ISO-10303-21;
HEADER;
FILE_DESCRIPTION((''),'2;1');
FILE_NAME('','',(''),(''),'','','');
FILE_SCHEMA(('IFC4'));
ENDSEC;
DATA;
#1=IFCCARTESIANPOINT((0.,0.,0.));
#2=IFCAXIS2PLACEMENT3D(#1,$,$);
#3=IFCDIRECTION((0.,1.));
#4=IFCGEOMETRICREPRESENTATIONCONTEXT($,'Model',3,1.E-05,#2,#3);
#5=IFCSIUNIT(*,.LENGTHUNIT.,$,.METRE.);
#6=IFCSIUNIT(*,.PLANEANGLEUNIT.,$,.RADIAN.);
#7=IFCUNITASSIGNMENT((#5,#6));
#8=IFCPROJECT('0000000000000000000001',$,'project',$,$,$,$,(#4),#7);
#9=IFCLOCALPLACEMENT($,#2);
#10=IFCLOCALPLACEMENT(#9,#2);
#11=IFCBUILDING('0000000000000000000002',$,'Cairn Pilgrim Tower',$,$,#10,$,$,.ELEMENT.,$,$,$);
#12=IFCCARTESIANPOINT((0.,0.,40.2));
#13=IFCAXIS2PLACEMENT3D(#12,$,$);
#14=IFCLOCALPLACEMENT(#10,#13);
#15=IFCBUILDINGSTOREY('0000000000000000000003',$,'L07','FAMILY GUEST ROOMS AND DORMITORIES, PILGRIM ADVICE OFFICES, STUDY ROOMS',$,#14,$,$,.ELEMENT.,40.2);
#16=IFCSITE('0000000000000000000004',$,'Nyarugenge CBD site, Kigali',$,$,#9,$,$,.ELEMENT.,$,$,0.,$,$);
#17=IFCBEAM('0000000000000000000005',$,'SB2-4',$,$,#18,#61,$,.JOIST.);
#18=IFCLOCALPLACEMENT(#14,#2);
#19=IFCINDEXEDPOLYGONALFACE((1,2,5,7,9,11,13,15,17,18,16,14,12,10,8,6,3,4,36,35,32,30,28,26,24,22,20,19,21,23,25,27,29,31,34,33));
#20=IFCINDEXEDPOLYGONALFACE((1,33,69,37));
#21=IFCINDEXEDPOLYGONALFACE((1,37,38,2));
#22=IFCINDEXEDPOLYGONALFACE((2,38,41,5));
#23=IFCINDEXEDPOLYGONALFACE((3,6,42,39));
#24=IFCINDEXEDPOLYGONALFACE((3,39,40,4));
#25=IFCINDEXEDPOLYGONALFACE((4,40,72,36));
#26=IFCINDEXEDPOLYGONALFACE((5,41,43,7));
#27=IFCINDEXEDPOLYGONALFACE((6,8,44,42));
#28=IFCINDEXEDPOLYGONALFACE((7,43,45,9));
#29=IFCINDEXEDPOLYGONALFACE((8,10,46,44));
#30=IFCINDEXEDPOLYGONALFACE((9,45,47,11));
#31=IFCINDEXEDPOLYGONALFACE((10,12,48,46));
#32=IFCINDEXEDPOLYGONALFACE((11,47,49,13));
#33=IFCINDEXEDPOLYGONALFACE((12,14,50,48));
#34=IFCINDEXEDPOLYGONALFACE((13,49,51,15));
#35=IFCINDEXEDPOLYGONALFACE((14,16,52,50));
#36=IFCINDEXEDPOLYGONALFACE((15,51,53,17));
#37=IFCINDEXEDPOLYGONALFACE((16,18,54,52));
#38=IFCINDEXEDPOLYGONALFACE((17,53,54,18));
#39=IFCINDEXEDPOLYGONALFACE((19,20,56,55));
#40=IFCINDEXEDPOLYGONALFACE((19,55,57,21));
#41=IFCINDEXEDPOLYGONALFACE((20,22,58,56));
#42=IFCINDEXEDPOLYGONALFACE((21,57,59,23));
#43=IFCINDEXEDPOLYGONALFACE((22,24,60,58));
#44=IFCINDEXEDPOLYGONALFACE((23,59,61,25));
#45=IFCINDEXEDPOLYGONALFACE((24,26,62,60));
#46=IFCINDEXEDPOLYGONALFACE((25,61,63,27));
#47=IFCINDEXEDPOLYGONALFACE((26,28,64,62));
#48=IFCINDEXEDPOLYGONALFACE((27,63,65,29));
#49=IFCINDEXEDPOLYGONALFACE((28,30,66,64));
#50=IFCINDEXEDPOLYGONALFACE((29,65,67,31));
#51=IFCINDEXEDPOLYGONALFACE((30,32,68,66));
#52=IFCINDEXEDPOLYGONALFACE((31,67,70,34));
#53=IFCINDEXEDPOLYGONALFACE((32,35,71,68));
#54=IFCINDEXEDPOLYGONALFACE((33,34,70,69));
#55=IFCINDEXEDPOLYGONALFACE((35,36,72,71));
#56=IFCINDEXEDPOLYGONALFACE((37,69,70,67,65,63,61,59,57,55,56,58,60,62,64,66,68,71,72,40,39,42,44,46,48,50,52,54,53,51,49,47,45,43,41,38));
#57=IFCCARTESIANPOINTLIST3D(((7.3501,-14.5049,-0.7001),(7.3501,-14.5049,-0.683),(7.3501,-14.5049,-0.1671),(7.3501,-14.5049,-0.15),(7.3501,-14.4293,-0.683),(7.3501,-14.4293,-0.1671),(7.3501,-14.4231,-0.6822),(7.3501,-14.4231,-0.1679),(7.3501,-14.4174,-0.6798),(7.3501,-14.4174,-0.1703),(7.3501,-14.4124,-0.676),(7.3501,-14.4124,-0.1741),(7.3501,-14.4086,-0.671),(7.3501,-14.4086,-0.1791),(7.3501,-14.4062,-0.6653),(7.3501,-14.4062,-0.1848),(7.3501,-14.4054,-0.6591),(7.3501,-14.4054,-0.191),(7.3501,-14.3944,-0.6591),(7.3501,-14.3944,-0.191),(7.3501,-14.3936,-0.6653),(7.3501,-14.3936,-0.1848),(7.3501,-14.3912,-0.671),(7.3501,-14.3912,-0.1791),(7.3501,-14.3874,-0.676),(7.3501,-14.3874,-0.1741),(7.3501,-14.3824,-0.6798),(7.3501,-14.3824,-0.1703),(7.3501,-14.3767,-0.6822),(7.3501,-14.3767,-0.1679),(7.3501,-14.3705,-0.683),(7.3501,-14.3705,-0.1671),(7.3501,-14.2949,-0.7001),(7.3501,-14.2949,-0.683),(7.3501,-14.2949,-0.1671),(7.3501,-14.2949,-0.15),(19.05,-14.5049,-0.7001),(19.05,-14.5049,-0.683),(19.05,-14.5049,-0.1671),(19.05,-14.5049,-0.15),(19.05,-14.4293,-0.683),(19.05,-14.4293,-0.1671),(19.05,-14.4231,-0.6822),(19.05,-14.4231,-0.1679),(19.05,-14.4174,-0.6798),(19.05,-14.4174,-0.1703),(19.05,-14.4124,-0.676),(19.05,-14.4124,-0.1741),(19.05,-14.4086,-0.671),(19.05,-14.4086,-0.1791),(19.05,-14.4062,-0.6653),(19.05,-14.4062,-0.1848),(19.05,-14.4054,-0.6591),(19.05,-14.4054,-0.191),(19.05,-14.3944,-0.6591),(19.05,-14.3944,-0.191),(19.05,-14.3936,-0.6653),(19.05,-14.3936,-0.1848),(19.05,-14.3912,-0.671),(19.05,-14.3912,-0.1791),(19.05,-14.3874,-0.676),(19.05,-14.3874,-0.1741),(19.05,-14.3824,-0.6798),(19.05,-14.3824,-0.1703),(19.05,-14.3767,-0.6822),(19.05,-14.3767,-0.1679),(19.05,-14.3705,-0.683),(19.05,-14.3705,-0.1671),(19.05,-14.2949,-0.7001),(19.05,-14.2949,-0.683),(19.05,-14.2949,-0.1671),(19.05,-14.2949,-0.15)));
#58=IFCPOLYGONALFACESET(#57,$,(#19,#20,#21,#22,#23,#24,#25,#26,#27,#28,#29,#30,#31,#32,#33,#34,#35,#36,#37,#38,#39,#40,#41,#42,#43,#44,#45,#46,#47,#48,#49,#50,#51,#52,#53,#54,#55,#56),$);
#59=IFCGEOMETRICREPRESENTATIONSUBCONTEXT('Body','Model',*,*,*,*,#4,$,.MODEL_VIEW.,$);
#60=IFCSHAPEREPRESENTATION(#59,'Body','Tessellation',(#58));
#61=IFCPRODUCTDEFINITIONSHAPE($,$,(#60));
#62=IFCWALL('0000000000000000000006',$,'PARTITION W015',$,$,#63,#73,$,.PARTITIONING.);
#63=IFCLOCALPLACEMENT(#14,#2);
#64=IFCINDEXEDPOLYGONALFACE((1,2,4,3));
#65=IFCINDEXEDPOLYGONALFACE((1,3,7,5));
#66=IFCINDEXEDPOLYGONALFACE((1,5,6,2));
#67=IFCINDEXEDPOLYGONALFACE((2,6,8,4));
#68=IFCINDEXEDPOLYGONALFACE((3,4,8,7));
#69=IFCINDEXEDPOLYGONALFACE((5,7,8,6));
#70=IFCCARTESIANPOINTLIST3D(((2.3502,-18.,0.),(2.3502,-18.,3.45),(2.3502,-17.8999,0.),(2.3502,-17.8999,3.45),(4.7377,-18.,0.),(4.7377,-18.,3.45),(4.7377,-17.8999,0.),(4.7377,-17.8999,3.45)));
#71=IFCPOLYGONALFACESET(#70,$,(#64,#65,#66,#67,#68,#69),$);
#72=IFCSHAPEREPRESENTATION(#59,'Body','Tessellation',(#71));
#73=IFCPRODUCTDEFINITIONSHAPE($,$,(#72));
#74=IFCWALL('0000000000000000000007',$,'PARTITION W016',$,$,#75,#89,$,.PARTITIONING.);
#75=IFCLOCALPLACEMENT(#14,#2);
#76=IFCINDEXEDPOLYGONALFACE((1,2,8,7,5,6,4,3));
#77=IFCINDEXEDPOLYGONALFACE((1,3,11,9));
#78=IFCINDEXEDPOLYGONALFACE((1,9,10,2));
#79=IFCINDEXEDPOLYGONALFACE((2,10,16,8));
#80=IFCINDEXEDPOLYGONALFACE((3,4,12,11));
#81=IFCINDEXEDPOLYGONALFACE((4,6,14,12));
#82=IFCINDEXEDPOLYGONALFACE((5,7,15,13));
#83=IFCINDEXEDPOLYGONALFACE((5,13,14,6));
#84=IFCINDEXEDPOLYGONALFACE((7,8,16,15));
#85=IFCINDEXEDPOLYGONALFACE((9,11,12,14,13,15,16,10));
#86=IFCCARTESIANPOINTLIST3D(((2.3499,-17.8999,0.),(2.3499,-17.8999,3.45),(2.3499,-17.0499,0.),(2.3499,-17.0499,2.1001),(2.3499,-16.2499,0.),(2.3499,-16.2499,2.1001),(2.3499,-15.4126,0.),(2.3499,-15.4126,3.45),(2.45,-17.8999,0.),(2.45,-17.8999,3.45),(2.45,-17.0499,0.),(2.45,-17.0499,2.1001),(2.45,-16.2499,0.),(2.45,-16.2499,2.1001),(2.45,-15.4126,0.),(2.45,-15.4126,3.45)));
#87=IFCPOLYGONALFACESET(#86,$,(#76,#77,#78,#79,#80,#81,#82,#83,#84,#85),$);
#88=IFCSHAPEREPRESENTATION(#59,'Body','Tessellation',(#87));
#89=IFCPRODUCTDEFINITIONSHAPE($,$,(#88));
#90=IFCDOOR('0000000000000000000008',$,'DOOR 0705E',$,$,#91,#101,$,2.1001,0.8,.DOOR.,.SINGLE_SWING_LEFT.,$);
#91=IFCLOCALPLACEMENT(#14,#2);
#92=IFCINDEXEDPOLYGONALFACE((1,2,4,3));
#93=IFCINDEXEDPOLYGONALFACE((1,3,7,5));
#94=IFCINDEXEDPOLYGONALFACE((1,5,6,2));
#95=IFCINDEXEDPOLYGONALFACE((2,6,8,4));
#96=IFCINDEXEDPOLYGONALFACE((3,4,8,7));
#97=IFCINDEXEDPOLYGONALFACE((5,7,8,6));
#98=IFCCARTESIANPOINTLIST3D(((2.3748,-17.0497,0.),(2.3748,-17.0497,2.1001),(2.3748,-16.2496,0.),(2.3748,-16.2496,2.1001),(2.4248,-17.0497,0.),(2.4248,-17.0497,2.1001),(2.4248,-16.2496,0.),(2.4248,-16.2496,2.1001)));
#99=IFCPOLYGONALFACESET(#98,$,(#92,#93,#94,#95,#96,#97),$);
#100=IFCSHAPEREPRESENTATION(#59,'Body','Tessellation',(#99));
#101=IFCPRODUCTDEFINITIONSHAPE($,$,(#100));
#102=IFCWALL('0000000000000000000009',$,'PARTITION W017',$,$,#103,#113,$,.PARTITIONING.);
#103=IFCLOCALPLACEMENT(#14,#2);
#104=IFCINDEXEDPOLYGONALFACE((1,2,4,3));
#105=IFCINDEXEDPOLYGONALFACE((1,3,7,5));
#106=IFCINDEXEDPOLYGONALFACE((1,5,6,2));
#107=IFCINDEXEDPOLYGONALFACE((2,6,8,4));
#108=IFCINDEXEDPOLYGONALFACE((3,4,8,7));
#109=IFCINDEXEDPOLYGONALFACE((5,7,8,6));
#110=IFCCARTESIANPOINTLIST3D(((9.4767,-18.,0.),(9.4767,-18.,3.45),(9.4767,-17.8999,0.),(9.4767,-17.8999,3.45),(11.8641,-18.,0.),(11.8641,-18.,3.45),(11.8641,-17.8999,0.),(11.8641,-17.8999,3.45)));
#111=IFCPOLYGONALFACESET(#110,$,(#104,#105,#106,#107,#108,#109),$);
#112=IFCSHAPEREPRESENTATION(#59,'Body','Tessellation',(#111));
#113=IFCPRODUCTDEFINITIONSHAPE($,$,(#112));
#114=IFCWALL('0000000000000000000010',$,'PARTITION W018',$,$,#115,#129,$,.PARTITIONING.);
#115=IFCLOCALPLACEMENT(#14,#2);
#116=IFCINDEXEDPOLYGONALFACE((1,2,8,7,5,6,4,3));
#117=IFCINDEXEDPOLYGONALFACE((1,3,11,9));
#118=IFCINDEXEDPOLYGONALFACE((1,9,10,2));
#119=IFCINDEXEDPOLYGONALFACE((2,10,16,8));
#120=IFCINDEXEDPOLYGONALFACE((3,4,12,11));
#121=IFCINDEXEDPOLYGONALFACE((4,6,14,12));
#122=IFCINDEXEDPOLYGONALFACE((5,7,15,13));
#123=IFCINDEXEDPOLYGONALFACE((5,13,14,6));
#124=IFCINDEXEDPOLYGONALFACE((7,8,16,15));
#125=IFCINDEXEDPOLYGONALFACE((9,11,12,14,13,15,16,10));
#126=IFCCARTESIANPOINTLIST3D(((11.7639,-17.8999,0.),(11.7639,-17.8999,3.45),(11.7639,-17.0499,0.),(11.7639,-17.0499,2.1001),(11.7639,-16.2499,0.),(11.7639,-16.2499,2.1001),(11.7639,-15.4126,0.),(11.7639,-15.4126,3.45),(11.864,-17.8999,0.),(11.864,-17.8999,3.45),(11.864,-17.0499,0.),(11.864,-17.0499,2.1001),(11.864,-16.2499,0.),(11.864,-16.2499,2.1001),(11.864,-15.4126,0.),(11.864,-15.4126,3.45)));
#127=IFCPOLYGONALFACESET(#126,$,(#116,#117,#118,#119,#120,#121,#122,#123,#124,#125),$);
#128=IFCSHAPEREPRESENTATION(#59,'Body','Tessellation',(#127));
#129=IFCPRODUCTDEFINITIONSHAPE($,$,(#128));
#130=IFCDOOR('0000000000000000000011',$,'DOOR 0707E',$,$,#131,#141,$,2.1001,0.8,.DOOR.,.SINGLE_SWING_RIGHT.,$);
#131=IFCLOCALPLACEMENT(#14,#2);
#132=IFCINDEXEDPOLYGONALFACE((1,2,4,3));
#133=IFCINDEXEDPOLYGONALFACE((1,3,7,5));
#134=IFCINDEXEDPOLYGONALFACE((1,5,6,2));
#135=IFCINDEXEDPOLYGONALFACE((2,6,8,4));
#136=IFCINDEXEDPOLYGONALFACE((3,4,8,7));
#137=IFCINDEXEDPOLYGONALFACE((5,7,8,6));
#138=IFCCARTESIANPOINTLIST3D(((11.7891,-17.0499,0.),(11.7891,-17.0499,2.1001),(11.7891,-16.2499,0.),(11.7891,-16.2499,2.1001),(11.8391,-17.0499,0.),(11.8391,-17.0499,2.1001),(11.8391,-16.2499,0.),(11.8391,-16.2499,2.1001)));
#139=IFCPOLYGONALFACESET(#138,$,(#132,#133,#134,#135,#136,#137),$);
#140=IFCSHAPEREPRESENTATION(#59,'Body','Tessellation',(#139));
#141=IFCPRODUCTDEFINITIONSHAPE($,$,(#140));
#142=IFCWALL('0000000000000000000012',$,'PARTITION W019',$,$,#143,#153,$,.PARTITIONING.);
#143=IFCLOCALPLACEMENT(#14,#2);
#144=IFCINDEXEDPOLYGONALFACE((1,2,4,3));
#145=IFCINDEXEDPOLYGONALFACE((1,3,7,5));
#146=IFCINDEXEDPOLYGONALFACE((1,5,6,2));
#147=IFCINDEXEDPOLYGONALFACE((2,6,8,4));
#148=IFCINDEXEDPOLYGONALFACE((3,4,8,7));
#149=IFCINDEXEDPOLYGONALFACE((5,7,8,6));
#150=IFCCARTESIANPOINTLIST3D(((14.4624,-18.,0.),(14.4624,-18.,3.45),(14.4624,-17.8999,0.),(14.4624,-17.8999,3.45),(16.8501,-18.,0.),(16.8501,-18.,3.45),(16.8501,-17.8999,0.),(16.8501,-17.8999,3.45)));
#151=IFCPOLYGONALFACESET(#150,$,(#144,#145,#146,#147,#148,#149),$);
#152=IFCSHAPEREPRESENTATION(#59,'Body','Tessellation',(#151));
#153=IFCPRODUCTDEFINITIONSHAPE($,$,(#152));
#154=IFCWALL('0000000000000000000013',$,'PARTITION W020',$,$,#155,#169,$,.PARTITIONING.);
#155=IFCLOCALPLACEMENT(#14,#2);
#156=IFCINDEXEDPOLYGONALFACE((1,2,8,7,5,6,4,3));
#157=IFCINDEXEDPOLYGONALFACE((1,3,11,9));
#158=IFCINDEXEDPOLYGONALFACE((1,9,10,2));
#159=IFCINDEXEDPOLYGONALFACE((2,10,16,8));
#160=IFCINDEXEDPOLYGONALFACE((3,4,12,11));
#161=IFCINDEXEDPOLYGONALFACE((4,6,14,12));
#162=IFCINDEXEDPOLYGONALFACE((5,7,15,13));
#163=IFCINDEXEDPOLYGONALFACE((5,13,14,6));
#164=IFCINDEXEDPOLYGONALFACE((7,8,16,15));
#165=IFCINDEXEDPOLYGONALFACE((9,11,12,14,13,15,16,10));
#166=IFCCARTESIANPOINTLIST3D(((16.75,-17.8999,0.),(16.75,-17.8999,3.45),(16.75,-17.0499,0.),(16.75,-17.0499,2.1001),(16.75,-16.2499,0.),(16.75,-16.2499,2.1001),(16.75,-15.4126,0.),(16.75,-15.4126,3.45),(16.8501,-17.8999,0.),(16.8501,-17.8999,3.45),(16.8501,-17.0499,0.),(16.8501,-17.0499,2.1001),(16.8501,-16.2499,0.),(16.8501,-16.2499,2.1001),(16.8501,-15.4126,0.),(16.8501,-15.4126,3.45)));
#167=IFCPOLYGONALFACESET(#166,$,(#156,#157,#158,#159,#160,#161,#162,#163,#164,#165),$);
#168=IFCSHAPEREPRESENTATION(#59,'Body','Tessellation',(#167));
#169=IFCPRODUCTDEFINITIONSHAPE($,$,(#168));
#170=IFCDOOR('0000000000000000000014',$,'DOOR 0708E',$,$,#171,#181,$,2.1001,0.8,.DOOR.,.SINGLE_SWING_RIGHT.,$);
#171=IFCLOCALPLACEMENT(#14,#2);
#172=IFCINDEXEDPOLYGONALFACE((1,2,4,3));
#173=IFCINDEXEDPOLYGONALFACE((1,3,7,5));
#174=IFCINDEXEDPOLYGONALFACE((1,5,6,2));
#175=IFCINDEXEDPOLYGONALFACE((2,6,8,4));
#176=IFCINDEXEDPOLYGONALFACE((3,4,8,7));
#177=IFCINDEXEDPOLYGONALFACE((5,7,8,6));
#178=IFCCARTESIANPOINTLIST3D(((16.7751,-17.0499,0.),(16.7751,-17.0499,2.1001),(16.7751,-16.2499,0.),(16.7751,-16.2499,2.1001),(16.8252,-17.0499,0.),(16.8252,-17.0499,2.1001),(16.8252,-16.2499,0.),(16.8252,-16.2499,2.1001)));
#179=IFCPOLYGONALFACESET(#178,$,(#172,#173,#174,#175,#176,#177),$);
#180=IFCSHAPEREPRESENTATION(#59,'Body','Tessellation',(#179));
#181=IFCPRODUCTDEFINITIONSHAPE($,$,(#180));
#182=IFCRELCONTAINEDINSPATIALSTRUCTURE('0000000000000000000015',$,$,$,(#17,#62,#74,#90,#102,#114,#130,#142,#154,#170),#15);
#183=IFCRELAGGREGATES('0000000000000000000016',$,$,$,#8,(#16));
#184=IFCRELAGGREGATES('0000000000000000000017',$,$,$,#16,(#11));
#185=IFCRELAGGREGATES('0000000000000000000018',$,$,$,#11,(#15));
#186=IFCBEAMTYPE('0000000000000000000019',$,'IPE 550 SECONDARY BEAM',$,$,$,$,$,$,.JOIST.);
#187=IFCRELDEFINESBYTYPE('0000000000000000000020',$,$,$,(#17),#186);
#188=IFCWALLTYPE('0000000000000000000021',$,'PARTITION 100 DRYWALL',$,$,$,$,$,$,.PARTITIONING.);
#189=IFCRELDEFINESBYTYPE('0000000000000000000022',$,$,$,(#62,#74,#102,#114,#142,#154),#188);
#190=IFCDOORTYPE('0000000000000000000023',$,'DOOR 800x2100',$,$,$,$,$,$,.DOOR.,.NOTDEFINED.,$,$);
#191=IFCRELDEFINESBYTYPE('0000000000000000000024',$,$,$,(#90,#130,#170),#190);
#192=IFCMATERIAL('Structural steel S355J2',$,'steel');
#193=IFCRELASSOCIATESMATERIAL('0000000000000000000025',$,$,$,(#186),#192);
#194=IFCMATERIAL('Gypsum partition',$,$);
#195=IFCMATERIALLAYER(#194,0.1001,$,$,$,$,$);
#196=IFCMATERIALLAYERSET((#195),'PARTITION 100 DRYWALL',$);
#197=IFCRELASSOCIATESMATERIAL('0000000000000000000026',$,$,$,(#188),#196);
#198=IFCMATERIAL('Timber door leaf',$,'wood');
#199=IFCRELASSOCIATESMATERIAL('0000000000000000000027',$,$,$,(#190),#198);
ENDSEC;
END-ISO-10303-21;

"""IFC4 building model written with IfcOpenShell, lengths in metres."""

from ifc_helpers import new_model, si_unit, direction, frame, frame_2d, origin, origin_2d, place, context, subcontext, project, spatial, rectangle, i_section, extrude, material, layer, layer_set, material_profile, profile_set, type_object, element, fill, save


model = new_model("IFC4")

# Units and contexts
model_context = context("Model", 3, precision=1e-05, world=origin(), true_north=direction((0.0, 1.0)))
body_context = subcontext(model_context, "Body", "Model", "MODEL_VIEW")
ifc_project = project(units=[si_unit("LENGTHUNIT", "METRE"), si_unit("PLANEANGLEUNIT", "RADIAN")], contexts=[model_context])

# Site, building, storey
site_placement = place(None, origin())
site = spatial("IfcSite", under=ifc_project, at=site_placement, Name="Nyarugenge CBD site, Kigali", CompositionType="ELEMENT", RefElevation=0.0)
building_placement = place(site_placement, origin())
building = spatial("IfcBuilding", under=site, at=building_placement, Name="Cairn Pilgrim Tower", CompositionType="ELEMENT")
storey_placement = place(building_placement, frame((0.0, 0.0, 40.2)))
storey = spatial("IfcBuildingStorey", under=building, at=storey_placement, Name="L07", Description="FAMILY GUEST ROOMS AND DORMITORIES, PILGRIM ADVICE OFFICES, STUDY ROOMS", CompositionType="ELEMENT", Elevation=40.2)

# Beam
ifc_material_1 = material(Name="Structural steel S355J2", Category="steel")
ifc_material_profile_1 = material_profile(ifc_material_1, i_section(OverallWidth=0.21, OverallDepth=0.55, WebThickness=0.011, FlangeThickness=0.0171, FilletRadius=0.0239, at=origin_2d()), Name="IPE 550")
ifc_profile_set_1 = profile_set([ifc_material_profile_1], Name="Structural steel S355J2")
beam_type_1 = type_object("IfcBeamType", Name="IPE 550 SECONDARY BEAM", PredefinedType="JOIST", material=ifc_profile_set_1)
for number, where, z_axis, x_axis, name in (
    (1, (7.3501, -14.3999, -0.425), (1.0, 0.0, 0.0), (0.0, 1.0, 0.0), "SB2-4"),
):
    element("IfcBeam", number, at=place(storey_placement, frame(where, z_axis=z_axis, x_axis=x_axis)), inside=storey, type_object=beam_type_1, Name=name, PredefinedType="JOIST", context=body_context, shape_type="SweptSolid", body=[
        extrude(i_section(OverallWidth=0.21, OverallDepth=0.55, WebThickness=0.011, FlangeThickness=0.0171, FilletRadius=0.0239, at=origin_2d()), origin(), (0.0, 0.0, 1.0), 11.7),
    ])

# Wall
ifc_material_2 = material(Name="Gypsum partition")
ifc_layer_1 = layer(ifc_material_2, 0.1001)
ifc_layer_set_1 = layer_set([ifc_layer_1], Name="PARTITION 100 DRYWALL")
wall_type_1 = type_object("IfcWallType", Name="PARTITION 100 DRYWALL", PredefinedType="PARTITIONING", material=ifc_layer_set_1)
wall_1_placement = place(storey_placement, frame((2.3501, -17.95, 0.0), z_axis=(0.0, 0.0, 1.0), x_axis=(1.0, 0.0, 0.0)))
element("IfcWall", 2, at=wall_1_placement, inside=storey, type_object=wall_type_1, Name="PARTITION W015", PredefinedType="PARTITIONING", context=body_context, shape_type="SweptSolid", body=[
    extrude(rectangle(XDim=2.3875, YDim=0.1001, at=frame_2d((1.1938, 0.0))), origin(), (0.0, 0.0, 1.0), 3.45),
])

# Wall, opening, door
wall_2_placement = place(storey_placement, frame((2.3999, -17.8999, 0.0), z_axis=(0.0, 0.0, 1.0), x_axis=(0.0, 1.0, 0.0)))
wall_2 = element("IfcWall", 3, at=wall_2_placement, inside=storey, type_object=wall_type_1, Name="PARTITION W016", PredefinedType="PARTITIONING", context=body_context, shape_type="SweptSolid", body=[
    extrude(rectangle(XDim=2.4873, YDim=0.1001, at=frame_2d((1.2437, 0.0))), origin(), (0.0, 0.0, 1.0), 3.45),
])
opening_1_placement = place(wall_2_placement, frame((0.8501, 0.0, 0.0)))
opening_1 = element("IfcOpeningElement", 4, at=opening_1_placement, cuts=wall_2, PredefinedType="OPENING", context=body_context, shape_type="SweptSolid", body=[
    extrude(rectangle(XDim=0.8, YDim=2.1001, at=frame_2d((0.3999, 1.05))), frame((0.0, 0.0601, 0.0), z_axis=(0.0, -1.0, 0.0), x_axis=(1.0, 0.0, 0.0)), (0.0, 0.0, 1.0), 0.1201),
])
ifc_material_3 = material(Name="Timber door leaf", Category="wood")
door_type_1 = type_object("IfcDoorType", Name="DOOR 800x2100", OperationType="NOTDEFINED", PredefinedType="DOOR", material=ifc_material_3)
door_1_placement = place(opening_1_placement, frame((0.8, 0.0, 0.0), z_axis=(0.0, 0.0, 1.0), x_axis=(-1.0, 0.0, 0.0)))
door_1 = element("IfcDoor", 5, at=door_1_placement, inside=storey, type_object=door_type_1, Name="DOOR 0705E", OperationType="SINGLE_SWING_LEFT", OverallHeight=2.1001, OverallWidth=0.8, PredefinedType="DOOR", context=body_context, shape_type="SweptSolid", body=[
    extrude(rectangle(XDim=0.8, YDim=2.1001, at=frame_2d((0.3999, 1.05))), frame((0.0, 0.0249, 0.0), z_axis=(0.0, -1.0, 0.0), x_axis=(1.0, 0.0, 0.0)), (0.0, 0.0, 1.0), 0.05),
])
fill(opening_1, door_1)

# Wall
wall_3_placement = place(storey_placement, frame((9.4766, -17.95, 0.0), z_axis=(0.0, 0.0, 1.0), x_axis=(1.0, 0.0, 0.0)))
element("IfcWall", 6, at=wall_3_placement, inside=storey, type_object=wall_type_1, Name="PARTITION W017", PredefinedType="PARTITIONING", context=body_context, shape_type="SweptSolid", body=[
    extrude(rectangle(XDim=2.3875, YDim=0.1001, at=frame_2d((1.1938, 0.0))), origin(), (0.0, 0.0, 1.0), 3.45),
])

# Wall, opening, door
wall_4_placement = place(storey_placement, frame((11.814, -17.8999, 0.0), z_axis=(0.0, 0.0, 1.0), x_axis=(0.0, 1.0, 0.0)))
wall_4 = element("IfcWall", 7, at=wall_4_placement, inside=storey, type_object=wall_type_1, Name="PARTITION W018", PredefinedType="PARTITIONING", context=body_context, shape_type="SweptSolid", body=[
    extrude(rectangle(XDim=2.4873, YDim=0.1001, at=frame_2d((1.2437, 0.0))), origin(), (0.0, 0.0, 1.0), 3.45),
])
opening_2_placement = place(wall_4_placement, frame((0.8501, 0.0, 0.0)))
opening_2 = element("IfcOpeningElement", 8, at=opening_2_placement, cuts=wall_4, PredefinedType="OPENING", context=body_context, shape_type="SweptSolid", body=[
    extrude(rectangle(XDim=0.8, YDim=2.1001, at=frame_2d((0.3999, 1.05))), frame((0.0, 0.0601, 0.0), z_axis=(0.0, -1.0, 0.0), x_axis=(1.0, 0.0, 0.0)), (0.0, 0.0, 1.0), 0.1201),
])
door_2_placement = place(opening_2_placement, origin())
door_2 = element("IfcDoor", 9, at=door_2_placement, inside=storey, type_object=door_type_1, Name="DOOR 0707E", OperationType="SINGLE_SWING_RIGHT", OverallHeight=2.1001, OverallWidth=0.8, PredefinedType="DOOR", context=body_context, shape_type="SweptSolid", body=[
    extrude(rectangle(XDim=0.8, YDim=2.1001, at=frame_2d((0.3999, 1.05))), frame((0.0, 0.0249, 0.0), z_axis=(0.0, -1.0, 0.0), x_axis=(1.0, 0.0, 0.0)), (0.0, 0.0, 1.0), 0.05),
])
fill(opening_2, door_2)

# Wall
wall_5_placement = place(storey_placement, frame((14.4624, -17.95, 0.0), z_axis=(0.0, 0.0, 1.0), x_axis=(1.0, 0.0, 0.0)))
element("IfcWall", 10, at=wall_5_placement, inside=storey, type_object=wall_type_1, Name="PARTITION W019", PredefinedType="PARTITIONING", context=body_context, shape_type="SweptSolid", body=[
    extrude(rectangle(XDim=2.3877, YDim=0.1001, at=frame_2d((1.1938, 0.0))), origin(), (0.0, 0.0, 1.0), 3.45),
])

# Wall, opening, door
wall_6_placement = place(storey_placement, frame((16.8, -17.8999, 0.0), z_axis=(0.0, 0.0, 1.0), x_axis=(0.0, 1.0, 0.0)))
wall_6 = element("IfcWall", 11, at=wall_6_placement, inside=storey, type_object=wall_type_1, Name="PARTITION W020", PredefinedType="PARTITIONING", context=body_context, shape_type="SweptSolid", body=[
    extrude(rectangle(XDim=2.4873, YDim=0.1001, at=frame_2d((1.2437, 0.0))), origin(), (0.0, 0.0, 1.0), 3.45),
])
opening_3_placement = place(wall_6_placement, frame((0.8501, 0.0, 0.0)))
opening_3 = element("IfcOpeningElement", 12, at=opening_3_placement, cuts=wall_6, PredefinedType="OPENING", context=body_context, shape_type="SweptSolid", body=[
    extrude(rectangle(XDim=0.8, YDim=2.1001, at=frame_2d((0.3999, 1.05))), frame((0.0, 0.0601, 0.0), z_axis=(0.0, -1.0, 0.0), x_axis=(1.0, 0.0, 0.0)), (0.0, 0.0, 1.0), 0.1201),
])
door_3_placement = place(opening_3_placement, origin())
door_3 = element("IfcDoor", 13, at=door_3_placement, inside=storey, type_object=door_type_1, Name="DOOR 0708E", OperationType="SINGLE_SWING_RIGHT", OverallHeight=2.1001, OverallWidth=0.8, PredefinedType="DOOR", context=body_context, shape_type="SweptSolid", body=[
    extrude(rectangle(XDim=0.8, YDim=2.1001, at=frame_2d((0.3999, 1.05))), frame((0.0, 0.0249, 0.0), z_axis=(0.0, -1.0, 0.0), x_axis=(1.0, 0.0, 0.0)), (0.0, 0.0, 1.0), 0.05),
])
fill(opening_3, door_3)

save(model, "model.ifc")
